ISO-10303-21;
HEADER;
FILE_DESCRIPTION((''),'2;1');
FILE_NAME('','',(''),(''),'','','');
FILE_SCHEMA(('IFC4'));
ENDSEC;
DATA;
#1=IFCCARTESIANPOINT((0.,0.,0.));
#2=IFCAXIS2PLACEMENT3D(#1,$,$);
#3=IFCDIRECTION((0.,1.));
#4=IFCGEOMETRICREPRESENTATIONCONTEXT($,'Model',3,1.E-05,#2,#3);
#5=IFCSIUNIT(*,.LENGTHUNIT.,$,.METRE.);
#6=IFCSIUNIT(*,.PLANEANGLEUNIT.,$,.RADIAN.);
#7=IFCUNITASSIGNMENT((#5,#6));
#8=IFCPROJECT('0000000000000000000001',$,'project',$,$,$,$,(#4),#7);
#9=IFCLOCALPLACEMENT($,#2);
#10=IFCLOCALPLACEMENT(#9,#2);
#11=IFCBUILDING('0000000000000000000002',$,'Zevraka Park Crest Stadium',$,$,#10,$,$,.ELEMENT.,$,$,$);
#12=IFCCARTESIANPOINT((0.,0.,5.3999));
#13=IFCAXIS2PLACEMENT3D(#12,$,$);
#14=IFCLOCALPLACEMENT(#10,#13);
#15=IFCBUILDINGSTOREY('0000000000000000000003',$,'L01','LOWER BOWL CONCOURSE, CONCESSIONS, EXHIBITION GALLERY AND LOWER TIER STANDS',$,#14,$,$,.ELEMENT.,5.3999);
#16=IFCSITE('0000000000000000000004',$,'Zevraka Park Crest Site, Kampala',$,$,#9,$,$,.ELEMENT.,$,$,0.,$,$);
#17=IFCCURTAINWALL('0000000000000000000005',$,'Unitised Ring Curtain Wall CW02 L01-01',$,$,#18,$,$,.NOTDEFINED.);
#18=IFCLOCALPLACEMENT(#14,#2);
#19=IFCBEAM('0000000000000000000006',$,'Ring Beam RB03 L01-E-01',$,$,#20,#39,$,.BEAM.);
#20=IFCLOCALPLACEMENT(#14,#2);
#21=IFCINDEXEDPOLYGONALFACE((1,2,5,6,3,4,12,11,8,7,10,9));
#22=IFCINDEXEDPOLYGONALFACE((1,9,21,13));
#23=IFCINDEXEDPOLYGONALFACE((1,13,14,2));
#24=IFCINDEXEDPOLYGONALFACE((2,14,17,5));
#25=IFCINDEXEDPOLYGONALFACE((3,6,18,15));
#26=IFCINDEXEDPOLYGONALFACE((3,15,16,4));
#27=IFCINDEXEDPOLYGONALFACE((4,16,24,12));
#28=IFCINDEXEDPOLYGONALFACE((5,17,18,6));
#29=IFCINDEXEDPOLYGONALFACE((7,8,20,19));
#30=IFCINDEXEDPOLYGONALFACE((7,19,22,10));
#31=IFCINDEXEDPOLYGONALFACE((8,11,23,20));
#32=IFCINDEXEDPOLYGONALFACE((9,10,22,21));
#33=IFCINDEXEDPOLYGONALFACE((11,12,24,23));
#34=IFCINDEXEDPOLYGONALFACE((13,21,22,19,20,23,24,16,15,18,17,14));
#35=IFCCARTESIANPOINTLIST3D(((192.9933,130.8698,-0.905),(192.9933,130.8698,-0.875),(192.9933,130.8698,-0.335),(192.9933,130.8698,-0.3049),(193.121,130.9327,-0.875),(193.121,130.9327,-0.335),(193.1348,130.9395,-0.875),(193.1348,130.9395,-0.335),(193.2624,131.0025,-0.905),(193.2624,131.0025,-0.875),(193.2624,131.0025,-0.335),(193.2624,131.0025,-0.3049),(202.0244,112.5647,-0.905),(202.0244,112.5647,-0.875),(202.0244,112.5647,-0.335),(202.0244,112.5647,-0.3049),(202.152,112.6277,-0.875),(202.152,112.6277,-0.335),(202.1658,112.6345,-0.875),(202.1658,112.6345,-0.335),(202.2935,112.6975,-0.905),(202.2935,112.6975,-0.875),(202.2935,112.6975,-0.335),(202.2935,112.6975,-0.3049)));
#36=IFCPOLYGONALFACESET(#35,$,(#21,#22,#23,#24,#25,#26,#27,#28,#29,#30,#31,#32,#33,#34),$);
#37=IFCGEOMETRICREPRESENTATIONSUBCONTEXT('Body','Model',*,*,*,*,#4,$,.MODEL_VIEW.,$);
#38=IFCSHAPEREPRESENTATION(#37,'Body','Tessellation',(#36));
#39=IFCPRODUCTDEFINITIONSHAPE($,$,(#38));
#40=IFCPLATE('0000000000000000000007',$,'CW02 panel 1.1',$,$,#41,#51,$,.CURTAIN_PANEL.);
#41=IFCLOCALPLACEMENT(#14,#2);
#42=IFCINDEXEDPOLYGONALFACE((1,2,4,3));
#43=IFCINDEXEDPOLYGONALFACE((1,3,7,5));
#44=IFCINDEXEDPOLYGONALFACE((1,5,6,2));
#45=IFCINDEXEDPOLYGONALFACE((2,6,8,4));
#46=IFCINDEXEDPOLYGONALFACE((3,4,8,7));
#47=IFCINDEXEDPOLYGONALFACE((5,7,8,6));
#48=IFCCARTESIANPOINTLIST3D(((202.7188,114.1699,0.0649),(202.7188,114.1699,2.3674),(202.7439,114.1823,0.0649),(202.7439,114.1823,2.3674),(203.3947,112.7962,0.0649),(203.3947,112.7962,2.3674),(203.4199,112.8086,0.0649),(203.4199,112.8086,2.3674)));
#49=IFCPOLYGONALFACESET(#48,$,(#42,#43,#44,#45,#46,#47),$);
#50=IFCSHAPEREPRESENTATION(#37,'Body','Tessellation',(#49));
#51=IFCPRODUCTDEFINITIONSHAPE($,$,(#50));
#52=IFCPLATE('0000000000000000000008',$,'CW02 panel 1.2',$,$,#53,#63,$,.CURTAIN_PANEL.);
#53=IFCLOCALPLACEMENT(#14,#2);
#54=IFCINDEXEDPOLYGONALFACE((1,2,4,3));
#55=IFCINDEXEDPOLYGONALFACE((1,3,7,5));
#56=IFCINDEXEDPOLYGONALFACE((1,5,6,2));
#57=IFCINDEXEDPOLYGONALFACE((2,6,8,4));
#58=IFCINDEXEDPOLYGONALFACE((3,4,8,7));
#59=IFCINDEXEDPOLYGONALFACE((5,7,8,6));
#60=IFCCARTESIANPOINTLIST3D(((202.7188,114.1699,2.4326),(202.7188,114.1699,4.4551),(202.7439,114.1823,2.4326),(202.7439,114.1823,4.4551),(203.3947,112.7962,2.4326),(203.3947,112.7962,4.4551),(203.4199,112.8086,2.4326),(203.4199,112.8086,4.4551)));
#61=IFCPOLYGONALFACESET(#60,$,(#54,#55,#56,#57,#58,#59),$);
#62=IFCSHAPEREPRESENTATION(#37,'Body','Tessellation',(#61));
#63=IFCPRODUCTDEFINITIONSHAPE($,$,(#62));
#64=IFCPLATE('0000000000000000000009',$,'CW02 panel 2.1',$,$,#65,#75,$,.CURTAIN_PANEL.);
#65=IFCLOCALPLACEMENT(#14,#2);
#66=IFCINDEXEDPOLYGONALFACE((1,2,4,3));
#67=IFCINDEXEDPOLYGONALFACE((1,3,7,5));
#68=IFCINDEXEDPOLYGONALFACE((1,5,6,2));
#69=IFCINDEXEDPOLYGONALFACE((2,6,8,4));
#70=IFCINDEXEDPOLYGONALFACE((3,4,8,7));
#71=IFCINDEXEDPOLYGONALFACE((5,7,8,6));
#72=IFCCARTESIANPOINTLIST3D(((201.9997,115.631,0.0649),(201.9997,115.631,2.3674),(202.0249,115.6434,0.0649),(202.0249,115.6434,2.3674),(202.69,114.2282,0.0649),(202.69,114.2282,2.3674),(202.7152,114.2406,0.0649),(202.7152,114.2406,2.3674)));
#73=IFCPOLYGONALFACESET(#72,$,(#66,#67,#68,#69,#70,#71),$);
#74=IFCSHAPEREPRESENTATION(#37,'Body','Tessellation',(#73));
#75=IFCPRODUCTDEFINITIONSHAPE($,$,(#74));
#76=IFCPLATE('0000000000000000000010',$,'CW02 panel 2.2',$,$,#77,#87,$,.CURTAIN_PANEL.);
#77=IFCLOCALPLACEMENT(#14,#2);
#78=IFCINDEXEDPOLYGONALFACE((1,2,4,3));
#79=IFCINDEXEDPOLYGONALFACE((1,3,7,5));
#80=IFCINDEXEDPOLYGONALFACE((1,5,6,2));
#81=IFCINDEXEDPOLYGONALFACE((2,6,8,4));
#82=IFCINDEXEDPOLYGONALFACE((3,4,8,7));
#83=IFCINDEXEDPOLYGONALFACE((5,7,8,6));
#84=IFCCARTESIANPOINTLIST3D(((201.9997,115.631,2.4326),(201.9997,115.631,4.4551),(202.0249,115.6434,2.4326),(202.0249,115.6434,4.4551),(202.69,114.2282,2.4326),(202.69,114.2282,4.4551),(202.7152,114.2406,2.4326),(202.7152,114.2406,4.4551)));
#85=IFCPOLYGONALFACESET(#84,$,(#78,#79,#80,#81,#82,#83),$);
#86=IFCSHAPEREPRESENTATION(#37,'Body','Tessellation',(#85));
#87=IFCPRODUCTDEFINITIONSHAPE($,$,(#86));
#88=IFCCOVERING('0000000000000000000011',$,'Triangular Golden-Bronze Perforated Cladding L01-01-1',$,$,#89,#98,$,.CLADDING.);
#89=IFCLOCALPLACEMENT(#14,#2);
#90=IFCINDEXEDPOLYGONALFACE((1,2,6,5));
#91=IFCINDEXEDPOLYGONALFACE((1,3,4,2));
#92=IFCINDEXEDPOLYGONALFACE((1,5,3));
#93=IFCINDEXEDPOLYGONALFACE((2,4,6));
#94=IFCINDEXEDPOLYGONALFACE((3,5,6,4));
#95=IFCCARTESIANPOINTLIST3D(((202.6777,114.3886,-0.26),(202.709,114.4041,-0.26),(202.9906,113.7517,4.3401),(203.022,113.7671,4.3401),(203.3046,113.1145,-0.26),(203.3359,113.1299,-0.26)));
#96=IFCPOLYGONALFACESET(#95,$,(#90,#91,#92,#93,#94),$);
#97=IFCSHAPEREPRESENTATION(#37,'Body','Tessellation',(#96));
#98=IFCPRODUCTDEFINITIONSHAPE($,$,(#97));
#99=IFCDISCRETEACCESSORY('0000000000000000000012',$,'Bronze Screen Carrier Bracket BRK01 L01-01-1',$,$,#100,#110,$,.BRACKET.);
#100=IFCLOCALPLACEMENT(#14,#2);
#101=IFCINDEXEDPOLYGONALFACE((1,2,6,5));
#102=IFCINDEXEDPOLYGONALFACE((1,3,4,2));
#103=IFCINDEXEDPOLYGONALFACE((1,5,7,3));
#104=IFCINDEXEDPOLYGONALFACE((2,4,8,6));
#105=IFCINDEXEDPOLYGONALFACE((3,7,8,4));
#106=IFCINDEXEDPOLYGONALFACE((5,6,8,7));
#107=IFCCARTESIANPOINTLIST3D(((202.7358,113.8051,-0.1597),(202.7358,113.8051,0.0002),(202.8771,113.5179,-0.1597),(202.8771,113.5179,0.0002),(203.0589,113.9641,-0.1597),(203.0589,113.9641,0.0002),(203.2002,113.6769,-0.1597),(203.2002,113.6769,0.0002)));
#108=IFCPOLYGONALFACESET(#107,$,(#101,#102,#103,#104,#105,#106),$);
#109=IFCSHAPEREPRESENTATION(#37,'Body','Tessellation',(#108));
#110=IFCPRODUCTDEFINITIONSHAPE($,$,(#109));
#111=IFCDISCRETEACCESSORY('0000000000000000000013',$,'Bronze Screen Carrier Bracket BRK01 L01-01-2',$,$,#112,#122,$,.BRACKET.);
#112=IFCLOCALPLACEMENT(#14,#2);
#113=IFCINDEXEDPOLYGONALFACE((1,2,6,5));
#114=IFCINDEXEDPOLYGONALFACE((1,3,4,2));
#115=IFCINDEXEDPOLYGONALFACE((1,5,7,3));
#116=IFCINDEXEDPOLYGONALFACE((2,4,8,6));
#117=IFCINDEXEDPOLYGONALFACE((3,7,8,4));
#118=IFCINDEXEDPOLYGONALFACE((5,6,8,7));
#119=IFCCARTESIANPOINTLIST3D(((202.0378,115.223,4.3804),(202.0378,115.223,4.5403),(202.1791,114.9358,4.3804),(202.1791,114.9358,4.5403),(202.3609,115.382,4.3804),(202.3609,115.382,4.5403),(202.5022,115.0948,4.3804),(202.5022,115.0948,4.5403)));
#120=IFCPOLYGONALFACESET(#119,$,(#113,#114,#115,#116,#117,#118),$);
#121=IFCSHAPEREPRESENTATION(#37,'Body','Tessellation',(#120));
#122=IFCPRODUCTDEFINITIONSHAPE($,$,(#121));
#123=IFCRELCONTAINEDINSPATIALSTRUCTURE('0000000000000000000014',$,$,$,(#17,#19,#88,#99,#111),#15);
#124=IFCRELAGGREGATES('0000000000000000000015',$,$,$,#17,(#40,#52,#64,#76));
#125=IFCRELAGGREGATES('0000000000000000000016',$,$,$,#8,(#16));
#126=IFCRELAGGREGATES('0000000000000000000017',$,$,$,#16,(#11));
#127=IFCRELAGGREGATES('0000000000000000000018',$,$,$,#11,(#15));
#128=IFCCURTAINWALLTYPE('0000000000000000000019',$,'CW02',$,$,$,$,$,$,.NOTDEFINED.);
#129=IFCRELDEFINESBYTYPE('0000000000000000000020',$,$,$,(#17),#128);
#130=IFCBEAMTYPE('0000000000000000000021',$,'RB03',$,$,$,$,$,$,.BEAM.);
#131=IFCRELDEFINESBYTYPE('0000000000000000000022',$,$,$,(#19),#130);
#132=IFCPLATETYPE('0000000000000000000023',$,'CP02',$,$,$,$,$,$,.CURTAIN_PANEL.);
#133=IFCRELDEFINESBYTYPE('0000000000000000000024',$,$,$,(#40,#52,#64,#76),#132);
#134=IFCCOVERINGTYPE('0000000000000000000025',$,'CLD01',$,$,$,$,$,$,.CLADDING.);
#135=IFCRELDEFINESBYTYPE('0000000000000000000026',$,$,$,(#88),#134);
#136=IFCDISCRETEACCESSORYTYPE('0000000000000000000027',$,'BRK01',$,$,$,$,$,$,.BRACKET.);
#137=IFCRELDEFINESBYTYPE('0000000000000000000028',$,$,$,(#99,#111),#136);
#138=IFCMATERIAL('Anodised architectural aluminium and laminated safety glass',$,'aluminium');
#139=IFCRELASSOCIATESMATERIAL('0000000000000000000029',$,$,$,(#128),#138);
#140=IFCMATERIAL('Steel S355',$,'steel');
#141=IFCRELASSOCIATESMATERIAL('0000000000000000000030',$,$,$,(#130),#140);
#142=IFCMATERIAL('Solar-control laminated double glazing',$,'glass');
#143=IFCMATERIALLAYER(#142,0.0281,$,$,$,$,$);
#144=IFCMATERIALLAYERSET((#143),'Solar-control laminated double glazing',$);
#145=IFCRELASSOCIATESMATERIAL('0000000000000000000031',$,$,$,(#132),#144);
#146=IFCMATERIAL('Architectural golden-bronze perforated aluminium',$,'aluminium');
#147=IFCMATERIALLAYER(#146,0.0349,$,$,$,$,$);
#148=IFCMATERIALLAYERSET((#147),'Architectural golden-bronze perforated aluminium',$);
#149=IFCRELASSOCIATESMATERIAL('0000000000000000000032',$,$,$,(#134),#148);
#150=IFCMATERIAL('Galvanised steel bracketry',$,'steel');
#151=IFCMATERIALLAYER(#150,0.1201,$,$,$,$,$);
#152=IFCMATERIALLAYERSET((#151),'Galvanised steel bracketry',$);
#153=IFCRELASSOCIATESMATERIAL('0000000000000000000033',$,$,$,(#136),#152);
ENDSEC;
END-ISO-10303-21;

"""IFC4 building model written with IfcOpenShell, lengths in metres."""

from ifc_helpers import new_model, si_unit, direction, frame, origin, origin_2d, place, context, subcontext, project, spatial, polyline, rectangle, i_section, outline, extrude, material, layer, layer_set, material_profile, profile_set, type_object, element, aggregate, save


model = new_model("IFC4")

# Units and contexts
model_context = context("Model", 3, precision=1e-05, world=origin(), true_north=direction((0.0, 1.0)))
body_context = subcontext(model_context, "Body", "Model", "MODEL_VIEW")
ifc_project = project(units=[si_unit("LENGTHUNIT", "METRE"), si_unit("PLANEANGLEUNIT", "RADIAN")], contexts=[model_context])

# Site, building, storey
site_placement = place(None, origin())
site = spatial("IfcSite", under=ifc_project, at=site_placement, Name="Zevraka Park Crest Site, Kampala", CompositionType="ELEMENT", RefElevation=0.0)
building_placement = place(site_placement, origin())
building = spatial("IfcBuilding", under=site, at=building_placement, Name="Zevraka Park Crest Stadium", CompositionType="ELEMENT")
storey_placement = place(building_placement, frame((0.0, 0.0, 5.3999)))
storey = spatial("IfcBuildingStorey", under=building, at=storey_placement, Name="L01", Description="LOWER BOWL CONCOURSE, CONCESSIONS, EXHIBITION GALLERY AND LOWER TIER STANDS", CompositionType="ELEMENT", Elevation=5.3999)

# Curtain wall
ifc_material_1 = material(Name="Anodised architectural aluminium and laminated safety glass", Category="aluminium")
curtain_wall_type_1 = type_object("IfcCurtainWallType", Name="CW02", PredefinedType="NOTDEFINED", material=ifc_material_1)
curtain_wall_1_placement = place(storey_placement, origin())
curtain_wall_1 = element("IfcCurtainWall", 1, at=curtain_wall_1_placement, inside=storey, type_object=curtain_wall_type_1, Name="Unitised Ring Curtain Wall CW02 L01-01", PredefinedType="NOTDEFINED")

# Beam
ifc_material_2 = material(Name="Steel S355", Category="steel")
ifc_material_profile_1 = material_profile(ifc_material_2, i_section(OverallWidth=0.3, OverallDepth=0.6001, WebThickness=0.0154, FlangeThickness=0.03, at=origin_2d()), Name="HEB 600")
ifc_profile_set_1 = profile_set([ifc_material_profile_1], Name="Steel S355")
beam_type = type_object("IfcBeamType", Name="RB03", PredefinedType="BEAM", material=ifc_profile_set_1)
beam_placement = place(storey_placement, frame((202.1589, 112.6311, -0.605), z_axis=(-0.442447, 0.896795, 0.0), x_axis=(-0.896795, -0.442447, 0.0)))
element("IfcBeam", 2, at=beam_placement, inside=storey, type_object=beam_type, Name="Ring Beam RB03 L01-E-01", PredefinedType="BEAM", context=body_context, shape_type="SweptSolid", body=[
    extrude(i_section(OverallWidth=0.3, OverallDepth=0.6001, WebThickness=0.0154, FlangeThickness=0.03, at=origin_2d()), origin(), (0.0, 0.0, 1.0), 20.4116),
])

# Plates
ifc_material_3 = material(Name="Solar-control laminated double glazing", Category="glass")
ifc_layer_1 = layer(ifc_material_3, 0.0281)
ifc_layer_set_1 = layer_set([ifc_layer_1], Name="Solar-control laminated double glazing")
plate_type = type_object("IfcPlateType", Name="CP02", PredefinedType="CURTAIN_PANEL", material=ifc_layer_set_1)
plate_1_placement = place(storey_placement, frame((203.0693, 113.4893, 0.0649), z_axis=(0.0, 0.0, 1.0), x_axis=(-0.441517, 0.897253, 0.0)))
plate_1 = element("IfcPlate", 3, at=plate_1_placement, type_object=plate_type, Name="CW02 panel 1.1", PredefinedType="CURTAIN_PANEL", context=body_context, shape_type="SweptSolid", body=[
    extrude(rectangle(XDim=1.531, YDim=0.0281, at=origin_2d()), origin(), (0.0, 0.0, 1.0), 2.3025),
])
plate_2_placement = place(storey_placement, frame((203.0693, 113.4893, 2.4326), z_axis=(0.0, 0.0, 1.0), x_axis=(-0.441517, 0.897253, 0.0)))
plate_2 = element("IfcPlate", 4, at=plate_2_placement, type_object=plate_type, Name="CW02 panel 1.2", PredefinedType="CURTAIN_PANEL", context=body_context, shape_type="SweptSolid", body=[
    extrude(rectangle(XDim=1.531, YDim=0.0281, at=origin_2d()), origin(), (0.0, 0.0, 1.0), 2.0225),
])
plate_3_placement = place(storey_placement, frame((202.3574, 114.9358, 0.0649), z_axis=(0.0, 0.0, 1.0), x_axis=(-0.441517, 0.897253, 0.0)))
plate_3 = element("IfcPlate", 5, at=plate_3_placement, type_object=plate_type, Name="CW02 panel 2.1", PredefinedType="CURTAIN_PANEL", context=body_context, shape_type="SweptSolid", body=[
    extrude(rectangle(XDim=1.5635, YDim=0.0281, at=origin_2d()), origin(), (0.0, 0.0, 1.0), 2.3025),
])
plate_4_placement = place(storey_placement, frame((202.3574, 114.9358, 2.4326), z_axis=(0.0, 0.0, 1.0), x_axis=(-0.441517, 0.897253, 0.0)))
plate_4 = element("IfcPlate", 6, at=plate_4_placement, type_object=plate_type, Name="CW02 panel 2.2", PredefinedType="CURTAIN_PANEL", context=body_context, shape_type="SweptSolid", body=[
    extrude(rectangle(XDim=1.5635, YDim=0.0281, at=origin_2d()), origin(), (0.0, 0.0, 1.0), 2.0225),
])
aggregate(curtain_wall_1, [plate_1, plate_2, plate_3, plate_4])

# Covering
ifc_material_4 = material(Name="Architectural golden-bronze perforated aluminium", Category="aluminium")
ifc_layer_2 = layer(ifc_material_4, 0.0349)
ifc_layer_set_2 = layer_set([ifc_layer_2], Name="Architectural golden-bronze perforated aluminium")
covering_type = type_object("IfcCoveringType", Name="CLD01", PredefinedType="CLADDING", material=ifc_layer_set_2)
covering_placement = place(storey_placement, frame((203.3359, 113.1299, -0.26), z_axis=(0.897263, 0.441497, 0.000084), x_axis=(-0.441497, 0.897263, 0.0)))
element("IfcCovering", 7, at=covering_placement, inside=storey, type_object=covering_type, Name="Triangular Golden-Bronze Perforated Cladding L01-01-1", PredefinedType="CLADDING", context=body_context, shape_type="SweptSolid", body=[
    extrude(outline(polyline([(0.0, 0.0), (1.4201, 0.0), (0.7104, 4.6001), (0.0, 0.0)])), origin(), (0.0, 0.0, -1.0), 0.0349),
])

# Discrete accessories
ifc_material_5 = material(Name="Galvanised steel bracketry", Category="steel")
ifc_layer_3 = layer(ifc_material_5, 0.1201)
ifc_layer_set_3 = layer_set([ifc_layer_3], Name="Galvanised steel bracketry")
discrete_accessory_type = type_object("IfcDiscreteAccessoryType", Name="BRK01", PredefinedType="BRACKET", material=ifc_layer_set_3)
for number, where, z_axis, x_axis, name in (
    (8, (202.968, 113.741, -0.1597), (0.0, 0.0, 1.0), (-0.441506, 0.897258, 0.0), "Bronze Screen Carrier Bracket BRK01 L01-01-1"),
    (9, (202.27, 115.1589, 4.3804), (0.0, 0.0, 1.0), (-0.441506, 0.897258, 0.0), "Bronze Screen Carrier Bracket BRK01 L01-01-2"),
):
    element("IfcDiscreteAccessory", number, at=place(storey_placement, frame(where, z_axis=z_axis, x_axis=x_axis)), inside=storey, type_object=discrete_accessory_type, Name=name, PredefinedType="BRACKET", context=body_context, shape_type="SweptSolid", body=[
        extrude(rectangle(XDim=0.3201, YDim=0.3601, at=origin_2d()), origin(), (0.0, 0.0, 1.0), 0.1599),
    ])

save(model, "model.ifc")
